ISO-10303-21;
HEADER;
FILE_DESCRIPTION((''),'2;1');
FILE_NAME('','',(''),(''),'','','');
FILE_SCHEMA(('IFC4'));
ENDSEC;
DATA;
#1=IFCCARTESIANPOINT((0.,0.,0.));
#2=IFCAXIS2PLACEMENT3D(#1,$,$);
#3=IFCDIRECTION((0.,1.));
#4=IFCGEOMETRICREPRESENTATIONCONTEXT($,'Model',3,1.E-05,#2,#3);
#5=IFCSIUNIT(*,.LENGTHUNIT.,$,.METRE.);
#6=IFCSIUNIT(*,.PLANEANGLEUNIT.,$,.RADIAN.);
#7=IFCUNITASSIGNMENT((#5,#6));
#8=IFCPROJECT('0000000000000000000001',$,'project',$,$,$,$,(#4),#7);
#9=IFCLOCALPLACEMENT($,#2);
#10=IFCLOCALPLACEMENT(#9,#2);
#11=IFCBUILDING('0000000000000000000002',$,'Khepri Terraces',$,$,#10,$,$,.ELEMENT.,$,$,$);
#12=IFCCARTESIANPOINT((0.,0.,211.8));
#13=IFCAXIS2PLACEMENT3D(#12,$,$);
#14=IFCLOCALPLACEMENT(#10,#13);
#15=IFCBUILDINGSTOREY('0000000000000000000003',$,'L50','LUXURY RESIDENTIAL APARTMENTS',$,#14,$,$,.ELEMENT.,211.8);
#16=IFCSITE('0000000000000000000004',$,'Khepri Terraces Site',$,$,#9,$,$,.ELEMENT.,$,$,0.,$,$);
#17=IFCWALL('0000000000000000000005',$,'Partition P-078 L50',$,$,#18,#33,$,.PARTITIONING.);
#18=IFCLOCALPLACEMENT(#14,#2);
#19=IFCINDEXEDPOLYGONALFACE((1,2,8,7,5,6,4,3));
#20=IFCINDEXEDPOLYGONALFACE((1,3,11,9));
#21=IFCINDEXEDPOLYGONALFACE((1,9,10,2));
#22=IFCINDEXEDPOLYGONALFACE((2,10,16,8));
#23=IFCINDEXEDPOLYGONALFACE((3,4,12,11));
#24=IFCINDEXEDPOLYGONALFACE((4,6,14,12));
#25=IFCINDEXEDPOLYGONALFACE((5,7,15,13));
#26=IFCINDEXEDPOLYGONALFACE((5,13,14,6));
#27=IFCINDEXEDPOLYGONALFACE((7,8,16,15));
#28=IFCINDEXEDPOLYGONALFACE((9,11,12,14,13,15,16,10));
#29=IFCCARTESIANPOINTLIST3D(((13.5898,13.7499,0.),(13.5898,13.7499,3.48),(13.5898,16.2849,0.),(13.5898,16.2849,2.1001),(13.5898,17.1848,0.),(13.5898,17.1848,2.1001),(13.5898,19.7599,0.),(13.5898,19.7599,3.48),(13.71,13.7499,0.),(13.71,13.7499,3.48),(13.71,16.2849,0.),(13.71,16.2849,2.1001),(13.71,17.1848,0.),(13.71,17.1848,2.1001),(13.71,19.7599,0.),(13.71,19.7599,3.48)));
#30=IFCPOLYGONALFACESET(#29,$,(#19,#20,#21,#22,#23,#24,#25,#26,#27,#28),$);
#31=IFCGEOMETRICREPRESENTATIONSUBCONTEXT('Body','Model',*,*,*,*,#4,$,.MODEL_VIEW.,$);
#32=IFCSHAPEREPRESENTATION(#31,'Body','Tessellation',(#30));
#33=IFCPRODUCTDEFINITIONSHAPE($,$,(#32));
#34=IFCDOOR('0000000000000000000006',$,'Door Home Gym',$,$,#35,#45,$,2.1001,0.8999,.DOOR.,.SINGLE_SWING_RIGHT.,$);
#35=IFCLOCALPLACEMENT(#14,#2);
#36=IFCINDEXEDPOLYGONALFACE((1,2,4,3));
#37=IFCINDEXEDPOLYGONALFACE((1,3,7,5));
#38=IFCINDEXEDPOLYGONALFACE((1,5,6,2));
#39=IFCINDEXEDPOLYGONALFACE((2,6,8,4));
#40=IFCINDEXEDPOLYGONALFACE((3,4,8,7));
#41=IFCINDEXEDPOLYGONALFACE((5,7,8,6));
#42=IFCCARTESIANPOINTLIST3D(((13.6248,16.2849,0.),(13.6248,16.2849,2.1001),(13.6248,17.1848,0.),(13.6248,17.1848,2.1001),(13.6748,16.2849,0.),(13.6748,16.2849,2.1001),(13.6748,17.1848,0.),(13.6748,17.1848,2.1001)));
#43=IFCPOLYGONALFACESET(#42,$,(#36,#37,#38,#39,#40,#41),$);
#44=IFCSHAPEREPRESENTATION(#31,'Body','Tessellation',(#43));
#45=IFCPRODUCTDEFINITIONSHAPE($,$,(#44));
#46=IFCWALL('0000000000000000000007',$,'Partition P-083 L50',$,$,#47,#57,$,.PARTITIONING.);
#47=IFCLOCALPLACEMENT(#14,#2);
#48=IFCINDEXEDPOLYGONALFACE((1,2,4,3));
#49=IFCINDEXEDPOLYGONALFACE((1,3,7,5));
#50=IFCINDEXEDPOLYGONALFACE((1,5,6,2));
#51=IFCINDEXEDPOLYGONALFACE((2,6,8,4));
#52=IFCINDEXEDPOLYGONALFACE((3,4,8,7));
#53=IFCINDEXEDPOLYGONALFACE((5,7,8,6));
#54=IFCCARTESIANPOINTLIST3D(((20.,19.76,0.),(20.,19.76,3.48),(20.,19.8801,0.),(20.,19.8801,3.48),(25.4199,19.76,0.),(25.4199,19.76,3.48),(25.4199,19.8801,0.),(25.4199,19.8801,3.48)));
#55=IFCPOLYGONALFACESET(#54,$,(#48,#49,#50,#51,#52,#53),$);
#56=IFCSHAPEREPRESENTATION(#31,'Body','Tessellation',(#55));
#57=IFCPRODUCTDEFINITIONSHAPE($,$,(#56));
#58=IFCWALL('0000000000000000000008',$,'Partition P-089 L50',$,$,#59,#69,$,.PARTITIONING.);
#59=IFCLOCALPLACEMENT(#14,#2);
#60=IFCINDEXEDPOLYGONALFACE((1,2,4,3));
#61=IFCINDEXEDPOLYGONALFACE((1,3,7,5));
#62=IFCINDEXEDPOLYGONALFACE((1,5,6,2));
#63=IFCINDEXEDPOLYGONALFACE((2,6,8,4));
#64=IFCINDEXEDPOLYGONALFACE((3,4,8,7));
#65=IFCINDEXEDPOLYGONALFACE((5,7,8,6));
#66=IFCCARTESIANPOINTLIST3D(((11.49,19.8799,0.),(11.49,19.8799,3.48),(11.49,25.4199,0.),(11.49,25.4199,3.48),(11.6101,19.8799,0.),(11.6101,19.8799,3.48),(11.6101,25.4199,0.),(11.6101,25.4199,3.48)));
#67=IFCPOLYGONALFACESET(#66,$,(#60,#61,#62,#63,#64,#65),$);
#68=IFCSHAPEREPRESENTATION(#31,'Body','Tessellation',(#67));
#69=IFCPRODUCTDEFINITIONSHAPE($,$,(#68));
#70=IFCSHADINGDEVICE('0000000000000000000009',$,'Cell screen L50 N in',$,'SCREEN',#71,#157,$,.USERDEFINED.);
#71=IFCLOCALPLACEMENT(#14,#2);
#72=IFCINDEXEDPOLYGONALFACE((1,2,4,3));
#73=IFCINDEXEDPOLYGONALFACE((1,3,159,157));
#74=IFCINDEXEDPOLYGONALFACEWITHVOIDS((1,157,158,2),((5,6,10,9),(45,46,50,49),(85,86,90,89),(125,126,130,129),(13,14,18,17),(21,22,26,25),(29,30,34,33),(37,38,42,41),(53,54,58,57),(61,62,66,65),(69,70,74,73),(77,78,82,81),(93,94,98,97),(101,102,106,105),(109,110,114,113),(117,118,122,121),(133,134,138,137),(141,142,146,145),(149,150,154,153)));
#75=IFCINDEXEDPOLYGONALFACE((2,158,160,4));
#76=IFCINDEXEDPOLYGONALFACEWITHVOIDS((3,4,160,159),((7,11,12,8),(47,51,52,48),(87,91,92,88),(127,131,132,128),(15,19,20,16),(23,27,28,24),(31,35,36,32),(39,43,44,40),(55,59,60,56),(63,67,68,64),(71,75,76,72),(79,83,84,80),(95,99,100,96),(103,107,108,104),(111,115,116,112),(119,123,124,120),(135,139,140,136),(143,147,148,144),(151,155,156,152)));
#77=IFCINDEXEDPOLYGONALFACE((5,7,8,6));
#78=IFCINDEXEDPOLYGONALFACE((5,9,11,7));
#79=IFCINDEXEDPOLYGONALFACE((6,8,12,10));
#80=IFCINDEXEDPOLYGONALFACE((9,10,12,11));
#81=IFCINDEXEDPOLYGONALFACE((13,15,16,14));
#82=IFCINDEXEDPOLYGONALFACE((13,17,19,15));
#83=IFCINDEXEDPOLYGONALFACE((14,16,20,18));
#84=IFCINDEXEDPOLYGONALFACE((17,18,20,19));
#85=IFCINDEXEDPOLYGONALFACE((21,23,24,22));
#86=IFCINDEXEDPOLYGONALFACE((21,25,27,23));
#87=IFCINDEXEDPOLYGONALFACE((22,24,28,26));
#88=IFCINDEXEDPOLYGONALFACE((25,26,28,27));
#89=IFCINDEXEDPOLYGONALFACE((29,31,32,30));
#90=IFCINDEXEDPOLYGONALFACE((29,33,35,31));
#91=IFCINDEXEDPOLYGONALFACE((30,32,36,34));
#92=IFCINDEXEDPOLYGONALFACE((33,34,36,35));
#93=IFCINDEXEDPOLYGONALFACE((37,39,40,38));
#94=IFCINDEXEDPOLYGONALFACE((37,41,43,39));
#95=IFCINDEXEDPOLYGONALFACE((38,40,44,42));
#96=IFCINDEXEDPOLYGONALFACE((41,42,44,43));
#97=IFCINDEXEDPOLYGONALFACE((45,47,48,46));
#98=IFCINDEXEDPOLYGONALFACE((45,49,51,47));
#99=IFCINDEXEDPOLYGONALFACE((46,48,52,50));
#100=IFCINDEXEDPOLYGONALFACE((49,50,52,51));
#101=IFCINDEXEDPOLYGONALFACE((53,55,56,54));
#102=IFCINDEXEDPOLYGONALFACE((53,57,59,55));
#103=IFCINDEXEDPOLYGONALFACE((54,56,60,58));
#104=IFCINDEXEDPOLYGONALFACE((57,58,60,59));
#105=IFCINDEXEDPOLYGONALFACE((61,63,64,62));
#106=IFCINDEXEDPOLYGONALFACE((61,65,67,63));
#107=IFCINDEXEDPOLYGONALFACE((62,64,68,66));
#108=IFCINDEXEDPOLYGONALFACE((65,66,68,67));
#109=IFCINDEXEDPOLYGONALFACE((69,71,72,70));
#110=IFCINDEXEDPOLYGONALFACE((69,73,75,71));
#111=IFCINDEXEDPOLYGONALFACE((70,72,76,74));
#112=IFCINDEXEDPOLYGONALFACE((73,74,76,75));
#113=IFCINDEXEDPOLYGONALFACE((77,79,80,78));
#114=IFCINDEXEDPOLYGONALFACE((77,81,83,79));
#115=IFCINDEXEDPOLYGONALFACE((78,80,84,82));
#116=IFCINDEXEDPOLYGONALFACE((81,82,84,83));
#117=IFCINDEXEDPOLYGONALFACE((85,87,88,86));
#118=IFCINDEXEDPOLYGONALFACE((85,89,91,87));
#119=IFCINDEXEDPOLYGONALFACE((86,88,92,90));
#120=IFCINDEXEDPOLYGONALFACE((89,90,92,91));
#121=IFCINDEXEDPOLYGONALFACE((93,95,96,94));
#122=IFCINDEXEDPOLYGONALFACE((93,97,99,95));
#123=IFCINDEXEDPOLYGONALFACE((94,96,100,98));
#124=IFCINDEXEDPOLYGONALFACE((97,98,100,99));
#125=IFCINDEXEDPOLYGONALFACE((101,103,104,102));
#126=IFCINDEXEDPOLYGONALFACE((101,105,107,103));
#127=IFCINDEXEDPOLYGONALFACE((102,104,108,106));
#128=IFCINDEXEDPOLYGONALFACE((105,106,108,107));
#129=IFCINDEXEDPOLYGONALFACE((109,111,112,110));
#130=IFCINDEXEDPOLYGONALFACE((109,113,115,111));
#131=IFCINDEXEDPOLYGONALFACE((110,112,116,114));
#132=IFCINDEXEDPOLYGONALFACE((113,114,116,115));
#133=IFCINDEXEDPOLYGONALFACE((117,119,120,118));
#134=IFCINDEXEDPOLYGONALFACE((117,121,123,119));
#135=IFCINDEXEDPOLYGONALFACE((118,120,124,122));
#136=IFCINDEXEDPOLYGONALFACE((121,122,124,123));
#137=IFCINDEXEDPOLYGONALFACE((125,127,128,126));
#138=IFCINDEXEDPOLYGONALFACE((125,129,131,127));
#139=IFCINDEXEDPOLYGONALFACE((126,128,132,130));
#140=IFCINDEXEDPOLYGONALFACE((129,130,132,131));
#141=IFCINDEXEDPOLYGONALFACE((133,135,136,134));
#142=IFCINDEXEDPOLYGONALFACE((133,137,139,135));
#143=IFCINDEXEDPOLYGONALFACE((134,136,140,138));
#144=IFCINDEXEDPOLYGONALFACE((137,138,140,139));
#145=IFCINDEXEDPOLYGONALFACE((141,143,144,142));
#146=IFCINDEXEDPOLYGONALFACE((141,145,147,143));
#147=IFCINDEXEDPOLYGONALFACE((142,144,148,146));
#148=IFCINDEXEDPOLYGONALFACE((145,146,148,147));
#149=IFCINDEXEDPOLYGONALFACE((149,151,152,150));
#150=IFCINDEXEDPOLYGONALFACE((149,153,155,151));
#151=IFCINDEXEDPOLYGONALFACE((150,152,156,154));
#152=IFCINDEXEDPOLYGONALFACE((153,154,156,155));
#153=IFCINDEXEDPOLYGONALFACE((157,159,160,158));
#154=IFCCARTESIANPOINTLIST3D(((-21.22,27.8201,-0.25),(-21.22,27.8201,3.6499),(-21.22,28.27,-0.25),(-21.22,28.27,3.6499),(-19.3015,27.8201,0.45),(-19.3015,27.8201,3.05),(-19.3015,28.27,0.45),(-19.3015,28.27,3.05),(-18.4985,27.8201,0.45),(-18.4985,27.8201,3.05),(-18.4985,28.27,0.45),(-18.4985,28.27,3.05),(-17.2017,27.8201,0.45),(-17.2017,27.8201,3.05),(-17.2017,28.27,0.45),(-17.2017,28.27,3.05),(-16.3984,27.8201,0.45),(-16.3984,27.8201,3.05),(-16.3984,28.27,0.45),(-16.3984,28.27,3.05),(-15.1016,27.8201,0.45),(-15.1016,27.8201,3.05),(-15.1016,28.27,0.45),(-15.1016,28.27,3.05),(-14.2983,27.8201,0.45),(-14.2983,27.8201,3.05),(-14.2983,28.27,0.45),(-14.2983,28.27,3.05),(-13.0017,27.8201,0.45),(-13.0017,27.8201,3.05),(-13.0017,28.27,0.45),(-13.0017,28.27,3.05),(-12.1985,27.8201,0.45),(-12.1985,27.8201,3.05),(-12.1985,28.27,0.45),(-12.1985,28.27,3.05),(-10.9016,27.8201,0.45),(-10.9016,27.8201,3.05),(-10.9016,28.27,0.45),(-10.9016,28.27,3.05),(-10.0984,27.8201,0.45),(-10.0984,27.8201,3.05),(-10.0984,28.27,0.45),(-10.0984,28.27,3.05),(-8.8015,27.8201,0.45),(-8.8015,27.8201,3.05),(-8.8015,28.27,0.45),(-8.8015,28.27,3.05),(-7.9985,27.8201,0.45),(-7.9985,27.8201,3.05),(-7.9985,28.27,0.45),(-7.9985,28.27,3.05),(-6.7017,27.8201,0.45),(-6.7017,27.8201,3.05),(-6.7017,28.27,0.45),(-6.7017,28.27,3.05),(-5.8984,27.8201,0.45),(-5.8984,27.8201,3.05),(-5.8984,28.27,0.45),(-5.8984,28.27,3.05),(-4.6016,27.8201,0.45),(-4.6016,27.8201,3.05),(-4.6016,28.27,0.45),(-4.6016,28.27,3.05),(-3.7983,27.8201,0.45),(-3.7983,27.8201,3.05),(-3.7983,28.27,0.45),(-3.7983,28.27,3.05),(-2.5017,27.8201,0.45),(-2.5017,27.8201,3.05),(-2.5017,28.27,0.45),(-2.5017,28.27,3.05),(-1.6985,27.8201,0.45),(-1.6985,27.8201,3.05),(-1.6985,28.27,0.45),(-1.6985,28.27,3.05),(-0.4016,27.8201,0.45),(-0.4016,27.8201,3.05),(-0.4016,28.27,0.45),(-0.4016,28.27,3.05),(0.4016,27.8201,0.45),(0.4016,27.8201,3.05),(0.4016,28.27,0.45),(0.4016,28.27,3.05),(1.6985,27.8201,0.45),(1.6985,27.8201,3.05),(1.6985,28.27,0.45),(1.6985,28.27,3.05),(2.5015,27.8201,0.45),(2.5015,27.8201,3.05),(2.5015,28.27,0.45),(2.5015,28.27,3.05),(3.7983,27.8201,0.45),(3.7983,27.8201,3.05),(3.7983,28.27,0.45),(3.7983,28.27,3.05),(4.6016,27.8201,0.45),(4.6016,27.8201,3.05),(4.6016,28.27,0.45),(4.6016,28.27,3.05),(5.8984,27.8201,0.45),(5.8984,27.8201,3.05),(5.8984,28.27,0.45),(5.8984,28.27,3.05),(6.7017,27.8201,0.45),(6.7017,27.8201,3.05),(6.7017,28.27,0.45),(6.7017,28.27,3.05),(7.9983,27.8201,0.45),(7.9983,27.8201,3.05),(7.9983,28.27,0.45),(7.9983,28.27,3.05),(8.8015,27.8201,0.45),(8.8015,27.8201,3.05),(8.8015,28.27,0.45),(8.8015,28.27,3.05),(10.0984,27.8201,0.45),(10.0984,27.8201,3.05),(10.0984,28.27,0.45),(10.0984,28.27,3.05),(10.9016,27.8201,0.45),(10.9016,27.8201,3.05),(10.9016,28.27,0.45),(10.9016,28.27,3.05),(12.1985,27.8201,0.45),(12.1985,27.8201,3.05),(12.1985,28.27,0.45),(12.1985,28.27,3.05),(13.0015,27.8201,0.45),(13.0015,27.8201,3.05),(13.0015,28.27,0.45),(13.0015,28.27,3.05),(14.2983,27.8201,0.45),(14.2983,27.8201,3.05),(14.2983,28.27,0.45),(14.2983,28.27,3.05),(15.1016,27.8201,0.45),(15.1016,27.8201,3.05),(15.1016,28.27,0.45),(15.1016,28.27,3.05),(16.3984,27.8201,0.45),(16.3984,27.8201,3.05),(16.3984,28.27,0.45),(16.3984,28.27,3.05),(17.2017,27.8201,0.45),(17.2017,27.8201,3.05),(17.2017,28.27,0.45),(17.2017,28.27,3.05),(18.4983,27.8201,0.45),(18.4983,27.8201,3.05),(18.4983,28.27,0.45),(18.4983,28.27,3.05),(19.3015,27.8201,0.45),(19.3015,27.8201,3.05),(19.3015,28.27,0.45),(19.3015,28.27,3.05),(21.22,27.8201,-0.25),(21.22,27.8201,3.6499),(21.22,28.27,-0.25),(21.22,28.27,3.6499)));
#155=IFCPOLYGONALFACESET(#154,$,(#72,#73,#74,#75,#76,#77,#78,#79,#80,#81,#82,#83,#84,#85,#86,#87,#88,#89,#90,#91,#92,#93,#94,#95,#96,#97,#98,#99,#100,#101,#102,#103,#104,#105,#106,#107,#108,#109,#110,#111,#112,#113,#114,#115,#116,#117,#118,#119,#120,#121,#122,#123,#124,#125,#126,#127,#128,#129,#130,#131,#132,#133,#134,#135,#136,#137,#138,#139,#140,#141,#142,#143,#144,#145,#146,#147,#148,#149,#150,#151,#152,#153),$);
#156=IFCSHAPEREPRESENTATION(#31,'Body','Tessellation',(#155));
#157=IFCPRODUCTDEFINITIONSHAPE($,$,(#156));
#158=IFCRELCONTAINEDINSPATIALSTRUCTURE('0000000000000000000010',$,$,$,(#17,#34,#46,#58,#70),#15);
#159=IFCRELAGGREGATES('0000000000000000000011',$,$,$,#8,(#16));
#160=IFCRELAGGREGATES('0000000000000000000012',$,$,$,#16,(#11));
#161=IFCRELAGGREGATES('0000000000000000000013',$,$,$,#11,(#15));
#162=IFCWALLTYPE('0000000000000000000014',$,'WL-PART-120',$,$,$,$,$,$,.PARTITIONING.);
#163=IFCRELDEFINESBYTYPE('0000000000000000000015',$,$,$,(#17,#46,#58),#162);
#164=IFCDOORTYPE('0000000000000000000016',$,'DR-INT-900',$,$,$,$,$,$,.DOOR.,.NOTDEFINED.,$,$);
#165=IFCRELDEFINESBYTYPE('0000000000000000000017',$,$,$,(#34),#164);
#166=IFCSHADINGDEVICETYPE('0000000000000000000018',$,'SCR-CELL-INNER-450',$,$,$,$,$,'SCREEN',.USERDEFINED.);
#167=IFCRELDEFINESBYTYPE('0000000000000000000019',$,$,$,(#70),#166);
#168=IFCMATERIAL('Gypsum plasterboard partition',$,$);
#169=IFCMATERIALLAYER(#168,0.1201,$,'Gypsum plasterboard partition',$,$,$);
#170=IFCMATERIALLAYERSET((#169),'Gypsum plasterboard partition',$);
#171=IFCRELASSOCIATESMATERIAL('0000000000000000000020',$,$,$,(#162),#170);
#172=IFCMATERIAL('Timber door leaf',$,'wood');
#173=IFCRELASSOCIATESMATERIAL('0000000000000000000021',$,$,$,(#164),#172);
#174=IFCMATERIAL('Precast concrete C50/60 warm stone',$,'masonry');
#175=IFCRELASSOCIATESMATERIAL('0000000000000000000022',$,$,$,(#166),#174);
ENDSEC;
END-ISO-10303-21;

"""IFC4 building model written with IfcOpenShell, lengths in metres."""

from ifc_helpers import new_model, si_unit, direction, frame, frame_2d, origin, place, context, subcontext, project, spatial, polyline, rectangle, outline, extrude, material, layer, layer_set, type_object, element, fill, save


model = new_model("IFC4")

# Units and contexts
model_context = context("Model", 3, precision=1e-05, world=origin(), true_north=direction((0.0, 1.0)))
body_context = subcontext(model_context, "Body", "Model", "MODEL_VIEW")
ifc_project = project(units=[si_unit("LENGTHUNIT", "METRE"), si_unit("PLANEANGLEUNIT", "RADIAN")], contexts=[model_context])

# Site, building, storey
site_placement = place(None, origin())
site = spatial("IfcSite", under=ifc_project, at=site_placement, Name="Khepri Terraces Site", CompositionType="ELEMENT", RefElevation=0.0)
building_placement = place(site_placement, origin())
building = spatial("IfcBuilding", under=site, at=building_placement, Name="Khepri Terraces", CompositionType="ELEMENT")
storey_placement = place(building_placement, frame((0.0, 0.0, 211.8)))
storey = spatial("IfcBuildingStorey", under=building, at=storey_placement, Name="L50", Description="LUXURY RESIDENTIAL APARTMENTS", CompositionType="ELEMENT", Elevation=211.8)

# Shared definitions
ifc_material_1 = material(Name="Precast concrete C50/60 warm stone", Category="masonry")

# Wall, opening, door
ifc_material_2 = material(Name="Gypsum plasterboard partition")
ifc_layer_1 = layer(ifc_material_2, 0.1201, Name="Gypsum plasterboard partition")
ifc_layer_set_1 = layer_set([ifc_layer_1], Name="Gypsum plasterboard partition")
wall_type_1 = type_object("IfcWallType", Name="WL-PART-120", PredefinedType="PARTITIONING", material=ifc_layer_set_1)
wall_1_placement = place(storey_placement, frame((13.6499, 13.75, 0.0), z_axis=(0.0, 0.0, 1.0), x_axis=(0.0, 1.0, 0.0)))
wall_1 = element("IfcWall", 1, at=wall_1_placement, inside=storey, type_object=wall_type_1, Name="Partition P-078 L50", PredefinedType="PARTITIONING", context=body_context, shape_type="SweptSolid", body=[
    extrude(rectangle(XDim=6.01, YDim=0.1201, at=frame_2d((3.0049, 0.0))), origin(), (0.0, 0.0, 1.0), 3.48),
])
opening_1_placement = place(wall_1_placement, frame((2.5349, 0.0, 0.0)))
opening_1 = element("IfcOpeningElement", 2, at=opening_1_placement, cuts=wall_1, PredefinedType="OPENING", context=body_context, shape_type="SweptSolid", body=[
    extrude(rectangle(XDim=0.8999, YDim=2.1001, at=frame_2d((0.45, 1.05))), frame((0.0, 0.0701, 0.0), z_axis=(0.0, -1.0, 0.0), x_axis=(1.0, 0.0, 0.0)), (0.0, 0.0, 1.0), 0.1401),
])
ifc_material_3 = material(Name="Timber door leaf", Category="wood")
door_type_1 = type_object("IfcDoorType", Name="DR-INT-900", OperationType="NOTDEFINED", PredefinedType="DOOR", material=ifc_material_3)
door_1_placement = place(opening_1_placement, frame((0.8999, 0.0, 0.0), z_axis=(0.0, 0.0, 1.0), x_axis=(-1.0, 0.0, 0.0)))
door_1 = element("IfcDoor", 3, at=door_1_placement, inside=storey, type_object=door_type_1, Name="Door Home Gym", OperationType="SINGLE_SWING_RIGHT", OverallHeight=2.1001, OverallWidth=0.8999, PredefinedType="DOOR", context=body_context, shape_type="SweptSolid", body=[
    extrude(rectangle(XDim=0.8999, YDim=2.1001, at=frame_2d((0.45, 1.05))), frame((0.0, 0.0249, 0.0), z_axis=(0.0, -1.0, 0.0), x_axis=(1.0, 0.0, 0.0)), (0.0, 0.0, 1.0), 0.05),
])
fill(opening_1, door_1)

# Walls
wall_2_placement = place(storey_placement, frame((20.0, 19.8201, 0.0), z_axis=(0.0, 0.0, 1.0), x_axis=(1.0, 0.0, 0.0)))
element("IfcWall", 4, at=wall_2_placement, inside=storey, type_object=wall_type_1, Name="Partition P-083 L50", PredefinedType="PARTITIONING", context=body_context, shape_type="SweptSolid", body=[
    extrude(rectangle(XDim=5.4199, YDim=0.1201, at=frame_2d((2.71, 0.0))), origin(), (0.0, 0.0, 1.0), 3.48),
])
wall_3_placement = place(storey_placement, frame((11.55, 19.8799, 0.0), z_axis=(0.0, 0.0, 1.0), x_axis=(0.0, 1.0, 0.0)))
element("IfcWall", 5, at=wall_3_placement, inside=storey, type_object=wall_type_1, Name="Partition P-089 L50", PredefinedType="PARTITIONING", context=body_context, shape_type="SweptSolid", body=[
    extrude(rectangle(XDim=5.54, YDim=0.1201, at=frame_2d((2.77, 0.0))), origin(), (0.0, 0.0, 1.0), 3.48),
])

# Shading device
shading_device_type_1 = type_object("IfcShadingDeviceType", Name="SCR-CELL-INNER-450", ElementType="SCREEN", PredefinedType="USERDEFINED", material=ifc_material_1)
shading_device_1_placement = place(storey_placement, frame((21.22, 27.8201, -0.25), z_axis=(0.0, 1.0, 0.0), x_axis=(-1.0, 0.0, 0.0)))
element("IfcShadingDevice", 6, at=shading_device_1_placement, inside=storey, type_object=shading_device_type_1, Name="Cell screen L50 N in", ObjectType="SCREEN", PredefinedType="USERDEFINED", context=body_context, shape_type="SweptSolid", body=[
    extrude(outline(polyline([(0.0, 0.0), (42.4399, 0.0), (42.4399, 3.8999), (0.0, 3.8999), (0.0, 0.0)]), holes=[polyline([(1.9185, 0.7), (2.7217, 0.7), (2.7217, 3.3), (1.9185, 3.3), (1.9185, 0.7)]), polyline([(4.0183, 0.7), (4.8215, 0.7), (4.8215, 3.3), (4.0183, 3.3), (4.0183, 0.7)]), polyline([(6.1184, 0.7), (6.9216, 0.7), (6.9216, 3.3), (6.1184, 3.3), (6.1184, 0.7)]), polyline([(8.2185, 0.7), (9.0215, 0.7), (9.0215, 3.3), (8.2185, 3.3), (8.2185, 0.7)]), polyline([(10.3184, 0.7), (11.1216, 0.7), (11.1216, 3.3), (10.3184, 3.3), (10.3184, 0.7)]), polyline([(12.4185, 0.7), (13.2217, 0.7), (13.2217, 3.3), (12.4185, 3.3), (12.4185, 0.7)]), polyline([(14.5183, 0.7), (15.3215, 0.7), (15.3215, 3.3), (14.5183, 3.3), (14.5183, 0.7)]), polyline([(16.6184, 0.7), (17.4216, 0.7), (17.4216, 3.3), (16.6184, 3.3), (16.6184, 0.7)]), polyline([(18.7185, 0.7), (19.5215, 0.7), (19.5215, 3.3), (18.7185, 3.3), (18.7185, 0.7)]), polyline([(20.8184, 0.7), (21.6216, 0.7), (21.6216, 3.3), (20.8184, 3.3), (20.8184, 0.7)]), polyline([(22.9185, 0.7), (23.7217, 0.7), (23.7217, 3.3), (22.9185, 3.3), (22.9185, 0.7)]), polyline([(25.0183, 0.7), (25.8215, 0.7), (25.8215, 3.3), (25.0183, 3.3), (25.0183, 0.7)]), polyline([(27.1184, 0.7), (27.9216, 0.7), (27.9216, 3.3), (27.1184, 3.3), (27.1184, 0.7)]), polyline([(29.2185, 0.7), (30.0215, 0.7), (30.0215, 3.3), (29.2185, 3.3), (29.2185, 0.7)]), polyline([(31.3184, 0.7), (32.1216, 0.7), (32.1216, 3.3), (31.3184, 3.3), (31.3184, 0.7)]), polyline([(33.4185, 0.7), (34.2217, 0.7), (34.2217, 3.3), (33.4185, 3.3), (33.4185, 0.7)]), polyline([(35.5183, 0.7), (36.3215, 0.7), (36.3215, 3.3), (35.5183, 3.3), (35.5183, 0.7)]), polyline([(37.6184, 0.7), (38.4216, 0.7), (38.4216, 3.3), (37.6184, 3.3), (37.6184, 0.7)]), polyline([(39.7185, 0.7), (40.5215, 0.7), (40.5215, 3.3), (39.7185, 3.3), (39.7185, 0.7)])]), origin(), (0.0, 0.0, 1.0), 0.45),
])

save(model, "model.ifc")
